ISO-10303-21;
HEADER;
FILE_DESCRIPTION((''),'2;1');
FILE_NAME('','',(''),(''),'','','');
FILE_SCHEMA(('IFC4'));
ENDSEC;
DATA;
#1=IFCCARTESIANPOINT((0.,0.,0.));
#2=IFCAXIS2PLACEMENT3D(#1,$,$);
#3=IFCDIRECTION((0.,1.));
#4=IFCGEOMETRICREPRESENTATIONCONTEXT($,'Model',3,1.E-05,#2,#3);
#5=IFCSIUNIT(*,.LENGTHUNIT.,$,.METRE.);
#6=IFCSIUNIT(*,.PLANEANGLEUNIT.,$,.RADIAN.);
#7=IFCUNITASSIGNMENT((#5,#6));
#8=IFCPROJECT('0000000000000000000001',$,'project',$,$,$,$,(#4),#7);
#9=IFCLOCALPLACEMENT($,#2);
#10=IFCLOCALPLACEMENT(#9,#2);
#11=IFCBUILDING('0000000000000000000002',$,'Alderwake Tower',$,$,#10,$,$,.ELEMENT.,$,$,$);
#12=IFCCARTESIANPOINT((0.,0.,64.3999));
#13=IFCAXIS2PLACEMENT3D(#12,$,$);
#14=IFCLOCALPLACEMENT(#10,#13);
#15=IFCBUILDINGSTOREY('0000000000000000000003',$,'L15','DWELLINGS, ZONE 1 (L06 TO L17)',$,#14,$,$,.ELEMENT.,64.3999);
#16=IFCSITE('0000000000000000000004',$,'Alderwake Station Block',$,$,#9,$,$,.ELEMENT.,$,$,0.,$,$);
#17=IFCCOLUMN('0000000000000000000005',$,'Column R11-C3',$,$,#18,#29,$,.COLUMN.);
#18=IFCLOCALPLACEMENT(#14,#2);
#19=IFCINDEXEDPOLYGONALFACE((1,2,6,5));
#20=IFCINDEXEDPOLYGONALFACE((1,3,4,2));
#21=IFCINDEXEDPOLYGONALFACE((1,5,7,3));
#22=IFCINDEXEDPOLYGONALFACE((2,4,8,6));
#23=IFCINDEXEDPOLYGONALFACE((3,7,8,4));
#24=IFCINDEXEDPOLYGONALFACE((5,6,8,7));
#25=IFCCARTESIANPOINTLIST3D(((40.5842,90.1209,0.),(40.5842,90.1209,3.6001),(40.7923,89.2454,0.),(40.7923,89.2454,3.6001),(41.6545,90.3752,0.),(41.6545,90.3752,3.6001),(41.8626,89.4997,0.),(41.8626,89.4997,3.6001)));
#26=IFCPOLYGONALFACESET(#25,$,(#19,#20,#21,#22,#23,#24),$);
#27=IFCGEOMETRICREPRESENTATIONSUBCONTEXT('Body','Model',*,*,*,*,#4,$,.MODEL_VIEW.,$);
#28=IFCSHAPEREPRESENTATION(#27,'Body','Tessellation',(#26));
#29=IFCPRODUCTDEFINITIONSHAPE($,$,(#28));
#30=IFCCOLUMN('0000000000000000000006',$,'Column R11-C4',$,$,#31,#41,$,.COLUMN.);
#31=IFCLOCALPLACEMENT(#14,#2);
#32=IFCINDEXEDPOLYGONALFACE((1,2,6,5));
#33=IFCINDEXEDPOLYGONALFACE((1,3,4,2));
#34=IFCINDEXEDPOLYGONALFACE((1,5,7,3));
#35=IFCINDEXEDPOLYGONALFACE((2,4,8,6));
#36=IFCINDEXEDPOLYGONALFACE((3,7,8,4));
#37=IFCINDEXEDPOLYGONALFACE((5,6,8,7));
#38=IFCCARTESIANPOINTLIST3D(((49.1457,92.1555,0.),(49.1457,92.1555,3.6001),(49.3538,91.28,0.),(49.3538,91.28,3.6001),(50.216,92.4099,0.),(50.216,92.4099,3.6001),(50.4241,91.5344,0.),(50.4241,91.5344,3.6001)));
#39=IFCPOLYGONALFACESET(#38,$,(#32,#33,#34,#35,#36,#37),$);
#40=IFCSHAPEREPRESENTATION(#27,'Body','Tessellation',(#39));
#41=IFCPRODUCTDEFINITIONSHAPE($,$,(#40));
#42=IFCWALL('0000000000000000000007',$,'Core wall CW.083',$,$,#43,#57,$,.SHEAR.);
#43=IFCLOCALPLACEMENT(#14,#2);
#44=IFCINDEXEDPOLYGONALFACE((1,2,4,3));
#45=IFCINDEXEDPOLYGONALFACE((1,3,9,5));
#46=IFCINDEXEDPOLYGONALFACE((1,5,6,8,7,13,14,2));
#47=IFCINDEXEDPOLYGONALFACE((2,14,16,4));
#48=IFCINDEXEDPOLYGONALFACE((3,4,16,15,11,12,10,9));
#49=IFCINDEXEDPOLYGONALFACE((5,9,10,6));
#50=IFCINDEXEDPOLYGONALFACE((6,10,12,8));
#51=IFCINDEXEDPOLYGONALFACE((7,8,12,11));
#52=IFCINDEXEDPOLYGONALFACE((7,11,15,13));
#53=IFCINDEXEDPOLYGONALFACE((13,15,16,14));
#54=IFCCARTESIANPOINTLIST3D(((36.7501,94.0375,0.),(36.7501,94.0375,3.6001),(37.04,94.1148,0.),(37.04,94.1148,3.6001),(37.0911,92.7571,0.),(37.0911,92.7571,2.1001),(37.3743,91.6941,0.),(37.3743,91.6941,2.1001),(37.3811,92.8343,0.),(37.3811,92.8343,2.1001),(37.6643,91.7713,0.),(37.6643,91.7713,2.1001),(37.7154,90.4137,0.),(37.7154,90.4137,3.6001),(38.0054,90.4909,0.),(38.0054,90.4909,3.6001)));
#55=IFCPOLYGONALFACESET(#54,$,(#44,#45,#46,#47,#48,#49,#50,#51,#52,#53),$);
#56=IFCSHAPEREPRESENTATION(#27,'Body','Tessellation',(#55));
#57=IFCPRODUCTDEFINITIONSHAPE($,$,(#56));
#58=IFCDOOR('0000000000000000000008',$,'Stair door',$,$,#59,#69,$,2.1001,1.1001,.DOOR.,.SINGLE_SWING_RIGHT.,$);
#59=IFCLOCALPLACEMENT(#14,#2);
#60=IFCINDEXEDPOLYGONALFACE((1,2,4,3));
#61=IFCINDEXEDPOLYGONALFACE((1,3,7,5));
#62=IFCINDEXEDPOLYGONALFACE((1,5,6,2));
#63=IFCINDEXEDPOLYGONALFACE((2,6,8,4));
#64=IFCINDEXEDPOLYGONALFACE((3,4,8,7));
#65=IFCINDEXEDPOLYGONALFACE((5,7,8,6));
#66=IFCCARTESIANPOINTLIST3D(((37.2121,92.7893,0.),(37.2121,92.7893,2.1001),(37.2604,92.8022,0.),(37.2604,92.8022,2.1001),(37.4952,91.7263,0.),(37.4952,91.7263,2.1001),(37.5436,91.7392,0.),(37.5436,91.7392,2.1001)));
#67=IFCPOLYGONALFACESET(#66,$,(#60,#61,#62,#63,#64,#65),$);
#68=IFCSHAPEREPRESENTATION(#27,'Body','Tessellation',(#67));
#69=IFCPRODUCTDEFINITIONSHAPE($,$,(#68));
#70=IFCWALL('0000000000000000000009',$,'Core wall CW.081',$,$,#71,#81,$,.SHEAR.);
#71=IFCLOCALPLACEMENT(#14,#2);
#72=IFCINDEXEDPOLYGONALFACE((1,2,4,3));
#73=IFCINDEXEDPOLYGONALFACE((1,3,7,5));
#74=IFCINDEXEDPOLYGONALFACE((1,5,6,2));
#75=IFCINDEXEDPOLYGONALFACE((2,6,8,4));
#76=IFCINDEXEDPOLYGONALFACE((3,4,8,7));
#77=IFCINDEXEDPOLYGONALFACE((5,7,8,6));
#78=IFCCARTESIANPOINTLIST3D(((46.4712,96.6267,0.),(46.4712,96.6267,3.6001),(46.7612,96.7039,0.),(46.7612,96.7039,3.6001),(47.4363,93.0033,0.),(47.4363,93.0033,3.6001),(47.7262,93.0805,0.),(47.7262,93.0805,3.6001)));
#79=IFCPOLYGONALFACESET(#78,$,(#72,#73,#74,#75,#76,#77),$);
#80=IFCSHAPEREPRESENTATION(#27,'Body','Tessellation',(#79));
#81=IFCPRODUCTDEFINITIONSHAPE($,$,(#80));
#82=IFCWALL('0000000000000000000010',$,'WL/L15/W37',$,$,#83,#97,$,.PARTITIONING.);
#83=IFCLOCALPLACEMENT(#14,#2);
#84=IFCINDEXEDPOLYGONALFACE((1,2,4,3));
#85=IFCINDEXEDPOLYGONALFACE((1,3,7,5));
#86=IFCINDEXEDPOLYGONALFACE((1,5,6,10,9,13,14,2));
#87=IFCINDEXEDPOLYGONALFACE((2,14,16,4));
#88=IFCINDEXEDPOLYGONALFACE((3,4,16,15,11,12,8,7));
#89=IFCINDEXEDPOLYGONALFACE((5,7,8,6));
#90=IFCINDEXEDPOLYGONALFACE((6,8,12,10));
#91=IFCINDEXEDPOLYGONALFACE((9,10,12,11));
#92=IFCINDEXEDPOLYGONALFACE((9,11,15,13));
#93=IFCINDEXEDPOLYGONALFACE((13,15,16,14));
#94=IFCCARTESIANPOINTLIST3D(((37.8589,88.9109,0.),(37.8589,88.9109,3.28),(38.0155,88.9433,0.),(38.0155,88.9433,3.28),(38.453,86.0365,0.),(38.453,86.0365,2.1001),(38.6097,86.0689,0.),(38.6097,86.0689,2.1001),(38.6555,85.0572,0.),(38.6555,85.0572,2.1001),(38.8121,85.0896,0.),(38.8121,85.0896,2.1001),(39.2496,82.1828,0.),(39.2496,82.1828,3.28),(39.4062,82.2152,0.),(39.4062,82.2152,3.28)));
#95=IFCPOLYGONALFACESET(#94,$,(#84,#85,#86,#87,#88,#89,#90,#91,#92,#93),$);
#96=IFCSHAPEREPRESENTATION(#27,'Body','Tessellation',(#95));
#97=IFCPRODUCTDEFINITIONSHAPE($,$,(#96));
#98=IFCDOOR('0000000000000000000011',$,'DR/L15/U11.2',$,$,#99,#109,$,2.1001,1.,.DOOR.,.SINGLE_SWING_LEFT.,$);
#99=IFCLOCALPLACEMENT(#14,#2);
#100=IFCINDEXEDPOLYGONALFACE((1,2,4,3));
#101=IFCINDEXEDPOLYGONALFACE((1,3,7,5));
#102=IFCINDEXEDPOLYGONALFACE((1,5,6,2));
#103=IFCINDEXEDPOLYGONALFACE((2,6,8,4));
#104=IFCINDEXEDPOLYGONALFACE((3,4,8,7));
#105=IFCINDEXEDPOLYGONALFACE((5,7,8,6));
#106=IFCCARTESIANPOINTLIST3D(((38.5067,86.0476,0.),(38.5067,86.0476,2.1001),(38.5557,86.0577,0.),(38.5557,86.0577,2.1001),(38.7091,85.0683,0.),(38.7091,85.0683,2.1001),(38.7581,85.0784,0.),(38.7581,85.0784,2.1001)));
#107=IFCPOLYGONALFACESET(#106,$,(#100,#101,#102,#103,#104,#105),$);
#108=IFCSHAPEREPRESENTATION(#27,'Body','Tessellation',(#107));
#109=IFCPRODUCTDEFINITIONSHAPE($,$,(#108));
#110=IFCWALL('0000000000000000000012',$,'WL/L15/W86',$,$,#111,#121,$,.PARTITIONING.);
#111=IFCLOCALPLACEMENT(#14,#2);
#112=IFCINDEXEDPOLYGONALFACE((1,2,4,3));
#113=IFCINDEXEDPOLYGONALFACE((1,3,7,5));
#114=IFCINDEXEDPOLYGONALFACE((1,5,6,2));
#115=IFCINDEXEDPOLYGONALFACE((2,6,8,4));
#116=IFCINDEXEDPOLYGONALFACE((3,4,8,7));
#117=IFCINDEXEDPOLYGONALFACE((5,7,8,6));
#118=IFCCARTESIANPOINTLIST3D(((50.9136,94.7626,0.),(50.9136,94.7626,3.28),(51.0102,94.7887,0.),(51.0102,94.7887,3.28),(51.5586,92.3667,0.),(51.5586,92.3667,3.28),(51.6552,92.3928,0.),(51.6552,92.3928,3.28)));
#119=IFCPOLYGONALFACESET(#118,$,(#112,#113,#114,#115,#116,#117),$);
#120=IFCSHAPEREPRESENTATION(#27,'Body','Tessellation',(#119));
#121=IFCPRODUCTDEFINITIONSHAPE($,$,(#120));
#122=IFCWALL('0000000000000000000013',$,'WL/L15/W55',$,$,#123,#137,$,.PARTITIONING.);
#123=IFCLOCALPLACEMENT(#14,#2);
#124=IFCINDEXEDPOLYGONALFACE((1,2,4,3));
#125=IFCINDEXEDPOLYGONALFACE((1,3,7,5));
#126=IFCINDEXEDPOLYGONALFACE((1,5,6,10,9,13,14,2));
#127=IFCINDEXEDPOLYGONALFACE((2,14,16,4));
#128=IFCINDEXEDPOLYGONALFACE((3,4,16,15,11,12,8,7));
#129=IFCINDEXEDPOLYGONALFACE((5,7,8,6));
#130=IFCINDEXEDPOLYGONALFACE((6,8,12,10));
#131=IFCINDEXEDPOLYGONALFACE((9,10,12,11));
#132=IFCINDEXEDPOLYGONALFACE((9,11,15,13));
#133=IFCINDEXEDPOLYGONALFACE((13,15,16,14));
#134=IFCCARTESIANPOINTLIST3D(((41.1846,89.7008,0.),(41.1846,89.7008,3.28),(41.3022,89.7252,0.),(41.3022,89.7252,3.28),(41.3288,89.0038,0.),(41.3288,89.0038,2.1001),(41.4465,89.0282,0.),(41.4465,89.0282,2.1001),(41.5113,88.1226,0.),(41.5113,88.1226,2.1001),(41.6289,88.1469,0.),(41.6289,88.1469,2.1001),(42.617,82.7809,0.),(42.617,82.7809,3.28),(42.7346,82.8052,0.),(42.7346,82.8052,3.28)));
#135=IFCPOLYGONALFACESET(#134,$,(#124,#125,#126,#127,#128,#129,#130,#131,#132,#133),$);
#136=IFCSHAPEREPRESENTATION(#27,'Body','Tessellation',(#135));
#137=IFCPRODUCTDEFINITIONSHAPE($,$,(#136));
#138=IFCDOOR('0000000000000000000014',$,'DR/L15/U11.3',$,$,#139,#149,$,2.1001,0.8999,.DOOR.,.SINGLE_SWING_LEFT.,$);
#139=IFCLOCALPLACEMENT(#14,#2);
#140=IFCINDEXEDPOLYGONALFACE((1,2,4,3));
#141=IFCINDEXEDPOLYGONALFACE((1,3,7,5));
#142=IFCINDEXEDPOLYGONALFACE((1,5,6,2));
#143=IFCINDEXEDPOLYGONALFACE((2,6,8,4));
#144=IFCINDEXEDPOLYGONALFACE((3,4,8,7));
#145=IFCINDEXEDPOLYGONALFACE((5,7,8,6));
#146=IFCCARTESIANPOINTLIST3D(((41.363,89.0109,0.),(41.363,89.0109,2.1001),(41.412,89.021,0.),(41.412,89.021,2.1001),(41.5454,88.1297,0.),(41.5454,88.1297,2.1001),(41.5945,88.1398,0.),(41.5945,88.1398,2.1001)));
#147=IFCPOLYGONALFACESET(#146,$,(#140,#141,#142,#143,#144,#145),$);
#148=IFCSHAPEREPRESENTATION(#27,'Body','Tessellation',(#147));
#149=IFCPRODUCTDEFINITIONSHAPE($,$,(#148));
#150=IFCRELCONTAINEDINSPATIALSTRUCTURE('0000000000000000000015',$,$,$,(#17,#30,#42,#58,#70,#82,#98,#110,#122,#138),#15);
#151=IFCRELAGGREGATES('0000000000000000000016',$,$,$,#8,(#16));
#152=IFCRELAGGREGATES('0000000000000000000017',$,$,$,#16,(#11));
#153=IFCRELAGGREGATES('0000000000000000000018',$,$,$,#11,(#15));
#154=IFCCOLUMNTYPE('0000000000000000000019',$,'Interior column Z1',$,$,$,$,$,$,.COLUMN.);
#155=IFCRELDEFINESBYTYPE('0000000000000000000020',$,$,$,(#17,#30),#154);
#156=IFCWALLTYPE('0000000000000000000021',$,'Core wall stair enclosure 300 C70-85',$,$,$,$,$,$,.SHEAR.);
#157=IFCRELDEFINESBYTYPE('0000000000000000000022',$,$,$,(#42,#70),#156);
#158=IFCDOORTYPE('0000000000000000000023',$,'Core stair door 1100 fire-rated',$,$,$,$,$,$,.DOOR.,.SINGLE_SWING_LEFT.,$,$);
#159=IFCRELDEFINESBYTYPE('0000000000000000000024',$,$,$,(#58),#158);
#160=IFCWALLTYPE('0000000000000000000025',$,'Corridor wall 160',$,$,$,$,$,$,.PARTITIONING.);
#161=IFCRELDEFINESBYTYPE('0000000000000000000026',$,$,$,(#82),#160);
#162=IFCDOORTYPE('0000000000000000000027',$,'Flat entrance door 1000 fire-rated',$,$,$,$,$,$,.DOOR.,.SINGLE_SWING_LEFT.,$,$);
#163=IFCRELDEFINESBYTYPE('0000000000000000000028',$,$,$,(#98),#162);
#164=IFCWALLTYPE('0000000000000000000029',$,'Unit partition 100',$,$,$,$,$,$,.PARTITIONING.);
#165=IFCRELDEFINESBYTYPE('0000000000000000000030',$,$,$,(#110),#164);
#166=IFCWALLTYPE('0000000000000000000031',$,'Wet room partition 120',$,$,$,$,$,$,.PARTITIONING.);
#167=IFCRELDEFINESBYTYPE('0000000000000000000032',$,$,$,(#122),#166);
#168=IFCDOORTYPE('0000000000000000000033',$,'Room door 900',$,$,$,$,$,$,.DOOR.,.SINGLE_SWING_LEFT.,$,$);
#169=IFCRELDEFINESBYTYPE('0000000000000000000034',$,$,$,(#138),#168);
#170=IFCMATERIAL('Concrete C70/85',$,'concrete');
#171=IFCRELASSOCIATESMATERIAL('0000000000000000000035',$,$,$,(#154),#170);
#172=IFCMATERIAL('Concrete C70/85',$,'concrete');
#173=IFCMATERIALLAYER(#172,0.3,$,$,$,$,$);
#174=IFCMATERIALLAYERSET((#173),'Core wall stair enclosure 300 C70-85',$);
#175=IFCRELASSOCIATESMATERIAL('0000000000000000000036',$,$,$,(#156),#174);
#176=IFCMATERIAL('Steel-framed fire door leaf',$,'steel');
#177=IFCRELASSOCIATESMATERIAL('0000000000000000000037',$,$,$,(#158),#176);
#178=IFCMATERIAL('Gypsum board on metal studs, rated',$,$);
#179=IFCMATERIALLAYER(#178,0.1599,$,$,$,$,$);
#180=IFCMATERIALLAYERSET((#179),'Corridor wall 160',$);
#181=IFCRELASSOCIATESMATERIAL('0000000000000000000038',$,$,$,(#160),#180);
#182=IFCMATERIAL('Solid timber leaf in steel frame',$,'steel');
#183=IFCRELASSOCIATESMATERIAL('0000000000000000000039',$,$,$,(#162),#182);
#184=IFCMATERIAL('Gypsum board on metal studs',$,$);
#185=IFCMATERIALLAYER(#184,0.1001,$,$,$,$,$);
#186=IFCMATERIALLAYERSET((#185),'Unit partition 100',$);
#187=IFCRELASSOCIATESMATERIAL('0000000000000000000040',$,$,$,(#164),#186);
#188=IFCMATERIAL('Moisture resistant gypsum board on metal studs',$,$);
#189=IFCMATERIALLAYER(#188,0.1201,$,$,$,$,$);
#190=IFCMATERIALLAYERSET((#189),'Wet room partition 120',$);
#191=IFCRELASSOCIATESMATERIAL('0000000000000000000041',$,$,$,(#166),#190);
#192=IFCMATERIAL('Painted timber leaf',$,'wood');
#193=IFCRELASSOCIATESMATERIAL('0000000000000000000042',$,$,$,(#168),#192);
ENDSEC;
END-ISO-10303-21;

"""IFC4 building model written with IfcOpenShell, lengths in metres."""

from ifc_helpers import new_model, si_unit, direction, frame, frame_2d, origin, origin_2d, place, context, subcontext, project, spatial, rectangle, extrude, material, layer, layer_set, material_profile, profile_set, type_object, element, fill, save


model = new_model("IFC4")

# Units and contexts
model_context = context("Model", 3, precision=1e-05, world=origin(), true_north=direction((0.0, 1.0)))
body_context = subcontext(model_context, "Body", "Model", "MODEL_VIEW")
ifc_project = project(units=[si_unit("LENGTHUNIT", "METRE"), si_unit("PLANEANGLEUNIT", "RADIAN")], contexts=[model_context])

# Site, building, storey
site_placement = place(None, origin())
site = spatial("IfcSite", under=ifc_project, at=site_placement, Name="Alderwake Station Block", CompositionType="ELEMENT", RefElevation=0.0)
building_placement = place(site_placement, origin())
building = spatial("IfcBuilding", under=site, at=building_placement, Name="Alderwake Tower", CompositionType="ELEMENT")
storey_placement = place(building_placement, frame((0.0, 0.0, 64.3999)))
storey = spatial("IfcBuildingStorey", under=building, at=storey_placement, Name="L15", Description="DWELLINGS, ZONE 1 (L06 TO L17)", CompositionType="ELEMENT", Elevation=64.3999)

# Columns
ifc_material_1 = material(Name="Concrete C70/85", Category="concrete")
ifc_material_profile = material_profile(ifc_material_1, rectangle(XDim=0.8999, YDim=1.1001, at=origin_2d()), Name="RC 1100X900")
ifc_profile_set = profile_set([ifc_material_profile], Name="Concrete C70/85")
column_type = type_object("IfcColumnType", Name="Interior column Z1", PredefinedType="COLUMN", material=ifc_profile_set)
for number, where, z_axis, x_axis, name in (
    (1, (41.2234, 89.8103, 0.0), (0.0, 0.0, 1.0), (-0.231222, 0.972901, 0.0), "Column R11-C3"),
    (2, (49.7849, 91.845, 0.0), (0.0, 0.0, 1.0), (-0.231222, 0.972901, 0.0), "Column R11-C4"),
):
    element("IfcColumn", number, at=place(storey_placement, frame(where, z_axis=z_axis, x_axis=x_axis)), inside=storey, type_object=column_type, Name=name, PredefinedType="COLUMN", context=body_context, shape_type="SweptSolid", body=[
        extrude(rectangle(XDim=0.8999, YDim=1.1001, at=origin_2d()), origin(), (0.0, 0.0, 1.0), 3.6001),
    ])

# Wall, opening, door
ifc_material_2 = material(Name="Concrete C70/85", Category="concrete")
ifc_layer_1 = layer(ifc_material_2, 0.3)
ifc_layer_set_1 = layer_set([ifc_layer_1], Name="Core wall stair enclosure 300 C70-85")
wall_type_1 = type_object("IfcWallType", Name="Core wall stair enclosure 300 C70-85", PredefinedType="SHEAR", material=ifc_layer_set_1)
wall_1_placement = place(storey_placement, frame((37.8604, 90.4524, 0.0), z_axis=(0.0, 0.0, 1.0), x_axis=(-0.257411, 0.966302, 0.0)))
wall_1 = element("IfcWall", 3, at=wall_1_placement, inside=storey, type_object=wall_type_1, Name="Core wall CW.083", PredefinedType="SHEAR", context=body_context, shape_type="SweptSolid", body=[
    extrude(rectangle(XDim=3.7502, YDim=0.3, at=frame_2d((1.875, 0.0))), origin(), (0.0, 0.0, 1.0), 3.6001),
])
opening_1_placement = place(wall_1_placement, frame((1.325, 0.0, 0.0)))
opening_1 = element("IfcOpeningElement", 4, at=opening_1_placement, cuts=wall_1, PredefinedType="OPENING", context=body_context, shape_type="SweptSolid", body=[
    extrude(rectangle(XDim=1.1001, YDim=2.1001, at=frame_2d((0.55, 1.05))), frame((0.0, 0.1599, 0.0), z_axis=(0.0, -1.0, 0.0), x_axis=(1.0, 0.0, 0.0)), (0.0, 0.0, 1.0), 0.3201),
])
ifc_material_3 = material(Name="Steel-framed fire door leaf", Category="steel")
door_type_1 = type_object("IfcDoorType", Name="Core stair door 1100 fire-rated", OperationType="SINGLE_SWING_LEFT", PredefinedType="DOOR", material=ifc_material_3)
door_1_placement = place(opening_1_placement, origin())
door_1 = element("IfcDoor", 5, at=door_1_placement, inside=storey, type_object=door_type_1, Name="Stair door", OperationType="SINGLE_SWING_RIGHT", OverallHeight=2.1001, OverallWidth=1.1001, PredefinedType="DOOR", context=body_context, shape_type="SweptSolid", body=[
    extrude(rectangle(XDim=1.1001, YDim=2.1001, at=frame_2d((0.55, 1.05))), frame((0.0, 0.0249, 0.0), z_axis=(0.0, -1.0, 0.0), x_axis=(1.0, 0.0, 0.0)), (0.0, 0.0, 1.0), 0.05),
])
fill(opening_1, door_1)

# Wall
wall_2_placement = place(storey_placement, frame((47.5813, 93.0417, 0.0), z_axis=(0.0, 0.0, 1.0), x_axis=(-0.257367, 0.966314, 0.0)))
element("IfcWall", 6, at=wall_2_placement, inside=storey, type_object=wall_type_1, Name="Core wall CW.081", PredefinedType="SHEAR", context=body_context, shape_type="SweptSolid", body=[
    extrude(rectangle(XDim=3.7498, YDim=0.3, at=frame_2d((1.875, 0.0))), origin(), (0.0, 0.0, 1.0), 3.6001),
])

# Wall, opening, door
ifc_material_4 = material(Name="Gypsum board on metal studs, rated")
ifc_layer_2 = layer(ifc_material_4, 0.1599)
ifc_layer_set_2 = layer_set([ifc_layer_2], Name="Corridor wall 160")
wall_type_2 = type_object("IfcWallType", Name="Corridor wall 160", PredefinedType="PARTITIONING", material=ifc_layer_set_2)
wall_3_placement = place(storey_placement, frame((37.9373, 88.927, 0.0), z_axis=(0.0, 0.0, 1.0), x_axis=(0.202413, -0.9793, 0.0)))
wall_3 = element("IfcWall", 7, at=wall_3_placement, inside=storey, type_object=wall_type_2, Name="WL/L15/W37", PredefinedType="PARTITIONING", context=body_context, shape_type="SweptSolid", body=[
    extrude(rectangle(XDim=6.8704, YDim=0.1599, at=frame_2d((3.4351, 0.0))), origin(), (0.0, 0.0, 1.0), 3.28),
])
opening_2_placement = place(wall_3_placement, frame((2.9351, 0.0, 0.0)))
opening_2 = element("IfcOpeningElement", 8, at=opening_2_placement, cuts=wall_3, PredefinedType="OPENING", context=body_context, shape_type="SweptSolid", body=[
    extrude(rectangle(XDim=1.0, YDim=2.1001, at=frame_2d((0.5, 1.05))), frame((0.0, 0.0898, 0.0), z_axis=(0.0, -1.0, 0.0), x_axis=(1.0, 0.0, 0.0)), (0.0, 0.0, 1.0), 0.1799),
])
ifc_material_5 = material(Name="Solid timber leaf in steel frame", Category="steel")
door_type_2 = type_object("IfcDoorType", Name="Flat entrance door 1000 fire-rated", OperationType="SINGLE_SWING_LEFT", PredefinedType="DOOR", material=ifc_material_5)
door_2_placement = place(opening_2_placement, origin())
door_2 = element("IfcDoor", 9, at=door_2_placement, inside=storey, type_object=door_type_2, Name="DR/L15/U11.2", OperationType="SINGLE_SWING_LEFT", OverallHeight=2.1001, OverallWidth=1.0, PredefinedType="DOOR", context=body_context, shape_type="SweptSolid", body=[
    extrude(rectangle(XDim=1.0, YDim=2.1001, at=frame_2d((0.5, 1.05))), frame((0.0, 0.0249, 0.0), z_axis=(0.0, -1.0, 0.0), x_axis=(1.0, 0.0, 0.0)), (0.0, 0.0, 1.0), 0.05),
])
fill(opening_2, door_2)

# Wall
ifc_material_6 = material(Name="Gypsum board on metal studs")
ifc_layer_3 = layer(ifc_material_6, 0.1001)
ifc_layer_set_3 = layer_set([ifc_layer_3], Name="Unit partition 100")
wall_type_3 = type_object("IfcWallType", Name="Unit partition 100", PredefinedType="PARTITIONING", material=ifc_layer_set_3)
wall_4_placement = place(storey_placement, frame((51.6069, 92.3796, 0.0), z_axis=(0.0, 0.0, 1.0), x_axis=(-0.259952, 0.965621, 0.0)))
element("IfcWall", 10, at=wall_4_placement, inside=storey, type_object=wall_type_3, Name="WL/L15/W86", PredefinedType="PARTITIONING", context=body_context, shape_type="SweptSolid", body=[
    extrude(rectangle(XDim=2.4812, YDim=0.1001, at=frame_2d((1.2407, 0.0))), origin(), (0.0, 0.0, 1.0), 3.28),
])

# Wall, opening, door
ifc_material_7 = material(Name="Moisture resistant gypsum board on metal studs")
ifc_layer_4 = layer(ifc_material_7, 0.1201)
ifc_layer_set_4 = layer_set([ifc_layer_4], Name="Wet room partition 120")
wall_type_4 = type_object("IfcWallType", Name="Wet room partition 120", PredefinedType="PARTITIONING", material=ifc_layer_set_4)
wall_5_placement = place(storey_placement, frame((41.2434, 89.7129, 0.0), z_axis=(0.0, 0.0, 1.0), x_axis=(0.202696, -0.979242, 0.0)))
wall_5 = element("IfcWall", 11, at=wall_5_placement, inside=storey, type_object=wall_type_4, Name="WL/L15/W55", PredefinedType="PARTITIONING", context=body_context, shape_type="SweptSolid", body=[
    extrude(rectangle(XDim=7.0667, YDim=0.1201, at=frame_2d((3.5332, 0.0))), origin(), (0.0, 0.0, 1.0), 3.28),
])
opening_3_placement = place(wall_5_placement, frame((0.7117, 0.0, 0.0)))
opening_3 = element("IfcOpeningElement", 12, at=opening_3_placement, cuts=wall_5, PredefinedType="OPENING", context=body_context, shape_type="SweptSolid", body=[
    extrude(rectangle(XDim=0.8999, YDim=2.1001, at=frame_2d((0.45, 1.05))), frame((0.0, 0.0701, 0.0), z_axis=(0.0, -1.0, 0.0), x_axis=(1.0, 0.0, 0.0)), (0.0, 0.0, 1.0), 0.1401),
])
ifc_material_8 = material(Name="Painted timber leaf", Category="wood")
door_type_3 = type_object("IfcDoorType", Name="Room door 900", OperationType="SINGLE_SWING_LEFT", PredefinedType="DOOR", material=ifc_material_8)
door_3_placement = place(opening_3_placement, origin())
door_3 = element("IfcDoor", 13, at=door_3_placement, inside=storey, type_object=door_type_3, Name="DR/L15/U11.3", OperationType="SINGLE_SWING_LEFT", OverallHeight=2.1001, OverallWidth=0.8999, PredefinedType="DOOR", context=body_context, shape_type="SweptSolid", body=[
    extrude(rectangle(XDim=0.8999, YDim=2.1001, at=frame_2d((0.45, 1.05))), frame((0.0, 0.0249, 0.0), z_axis=(0.0, -1.0, 0.0), x_axis=(1.0, 0.0, 0.0)), (0.0, 0.0, 1.0), 0.05),
])
fill(opening_3, door_3)

save(model, "model.ifc")
